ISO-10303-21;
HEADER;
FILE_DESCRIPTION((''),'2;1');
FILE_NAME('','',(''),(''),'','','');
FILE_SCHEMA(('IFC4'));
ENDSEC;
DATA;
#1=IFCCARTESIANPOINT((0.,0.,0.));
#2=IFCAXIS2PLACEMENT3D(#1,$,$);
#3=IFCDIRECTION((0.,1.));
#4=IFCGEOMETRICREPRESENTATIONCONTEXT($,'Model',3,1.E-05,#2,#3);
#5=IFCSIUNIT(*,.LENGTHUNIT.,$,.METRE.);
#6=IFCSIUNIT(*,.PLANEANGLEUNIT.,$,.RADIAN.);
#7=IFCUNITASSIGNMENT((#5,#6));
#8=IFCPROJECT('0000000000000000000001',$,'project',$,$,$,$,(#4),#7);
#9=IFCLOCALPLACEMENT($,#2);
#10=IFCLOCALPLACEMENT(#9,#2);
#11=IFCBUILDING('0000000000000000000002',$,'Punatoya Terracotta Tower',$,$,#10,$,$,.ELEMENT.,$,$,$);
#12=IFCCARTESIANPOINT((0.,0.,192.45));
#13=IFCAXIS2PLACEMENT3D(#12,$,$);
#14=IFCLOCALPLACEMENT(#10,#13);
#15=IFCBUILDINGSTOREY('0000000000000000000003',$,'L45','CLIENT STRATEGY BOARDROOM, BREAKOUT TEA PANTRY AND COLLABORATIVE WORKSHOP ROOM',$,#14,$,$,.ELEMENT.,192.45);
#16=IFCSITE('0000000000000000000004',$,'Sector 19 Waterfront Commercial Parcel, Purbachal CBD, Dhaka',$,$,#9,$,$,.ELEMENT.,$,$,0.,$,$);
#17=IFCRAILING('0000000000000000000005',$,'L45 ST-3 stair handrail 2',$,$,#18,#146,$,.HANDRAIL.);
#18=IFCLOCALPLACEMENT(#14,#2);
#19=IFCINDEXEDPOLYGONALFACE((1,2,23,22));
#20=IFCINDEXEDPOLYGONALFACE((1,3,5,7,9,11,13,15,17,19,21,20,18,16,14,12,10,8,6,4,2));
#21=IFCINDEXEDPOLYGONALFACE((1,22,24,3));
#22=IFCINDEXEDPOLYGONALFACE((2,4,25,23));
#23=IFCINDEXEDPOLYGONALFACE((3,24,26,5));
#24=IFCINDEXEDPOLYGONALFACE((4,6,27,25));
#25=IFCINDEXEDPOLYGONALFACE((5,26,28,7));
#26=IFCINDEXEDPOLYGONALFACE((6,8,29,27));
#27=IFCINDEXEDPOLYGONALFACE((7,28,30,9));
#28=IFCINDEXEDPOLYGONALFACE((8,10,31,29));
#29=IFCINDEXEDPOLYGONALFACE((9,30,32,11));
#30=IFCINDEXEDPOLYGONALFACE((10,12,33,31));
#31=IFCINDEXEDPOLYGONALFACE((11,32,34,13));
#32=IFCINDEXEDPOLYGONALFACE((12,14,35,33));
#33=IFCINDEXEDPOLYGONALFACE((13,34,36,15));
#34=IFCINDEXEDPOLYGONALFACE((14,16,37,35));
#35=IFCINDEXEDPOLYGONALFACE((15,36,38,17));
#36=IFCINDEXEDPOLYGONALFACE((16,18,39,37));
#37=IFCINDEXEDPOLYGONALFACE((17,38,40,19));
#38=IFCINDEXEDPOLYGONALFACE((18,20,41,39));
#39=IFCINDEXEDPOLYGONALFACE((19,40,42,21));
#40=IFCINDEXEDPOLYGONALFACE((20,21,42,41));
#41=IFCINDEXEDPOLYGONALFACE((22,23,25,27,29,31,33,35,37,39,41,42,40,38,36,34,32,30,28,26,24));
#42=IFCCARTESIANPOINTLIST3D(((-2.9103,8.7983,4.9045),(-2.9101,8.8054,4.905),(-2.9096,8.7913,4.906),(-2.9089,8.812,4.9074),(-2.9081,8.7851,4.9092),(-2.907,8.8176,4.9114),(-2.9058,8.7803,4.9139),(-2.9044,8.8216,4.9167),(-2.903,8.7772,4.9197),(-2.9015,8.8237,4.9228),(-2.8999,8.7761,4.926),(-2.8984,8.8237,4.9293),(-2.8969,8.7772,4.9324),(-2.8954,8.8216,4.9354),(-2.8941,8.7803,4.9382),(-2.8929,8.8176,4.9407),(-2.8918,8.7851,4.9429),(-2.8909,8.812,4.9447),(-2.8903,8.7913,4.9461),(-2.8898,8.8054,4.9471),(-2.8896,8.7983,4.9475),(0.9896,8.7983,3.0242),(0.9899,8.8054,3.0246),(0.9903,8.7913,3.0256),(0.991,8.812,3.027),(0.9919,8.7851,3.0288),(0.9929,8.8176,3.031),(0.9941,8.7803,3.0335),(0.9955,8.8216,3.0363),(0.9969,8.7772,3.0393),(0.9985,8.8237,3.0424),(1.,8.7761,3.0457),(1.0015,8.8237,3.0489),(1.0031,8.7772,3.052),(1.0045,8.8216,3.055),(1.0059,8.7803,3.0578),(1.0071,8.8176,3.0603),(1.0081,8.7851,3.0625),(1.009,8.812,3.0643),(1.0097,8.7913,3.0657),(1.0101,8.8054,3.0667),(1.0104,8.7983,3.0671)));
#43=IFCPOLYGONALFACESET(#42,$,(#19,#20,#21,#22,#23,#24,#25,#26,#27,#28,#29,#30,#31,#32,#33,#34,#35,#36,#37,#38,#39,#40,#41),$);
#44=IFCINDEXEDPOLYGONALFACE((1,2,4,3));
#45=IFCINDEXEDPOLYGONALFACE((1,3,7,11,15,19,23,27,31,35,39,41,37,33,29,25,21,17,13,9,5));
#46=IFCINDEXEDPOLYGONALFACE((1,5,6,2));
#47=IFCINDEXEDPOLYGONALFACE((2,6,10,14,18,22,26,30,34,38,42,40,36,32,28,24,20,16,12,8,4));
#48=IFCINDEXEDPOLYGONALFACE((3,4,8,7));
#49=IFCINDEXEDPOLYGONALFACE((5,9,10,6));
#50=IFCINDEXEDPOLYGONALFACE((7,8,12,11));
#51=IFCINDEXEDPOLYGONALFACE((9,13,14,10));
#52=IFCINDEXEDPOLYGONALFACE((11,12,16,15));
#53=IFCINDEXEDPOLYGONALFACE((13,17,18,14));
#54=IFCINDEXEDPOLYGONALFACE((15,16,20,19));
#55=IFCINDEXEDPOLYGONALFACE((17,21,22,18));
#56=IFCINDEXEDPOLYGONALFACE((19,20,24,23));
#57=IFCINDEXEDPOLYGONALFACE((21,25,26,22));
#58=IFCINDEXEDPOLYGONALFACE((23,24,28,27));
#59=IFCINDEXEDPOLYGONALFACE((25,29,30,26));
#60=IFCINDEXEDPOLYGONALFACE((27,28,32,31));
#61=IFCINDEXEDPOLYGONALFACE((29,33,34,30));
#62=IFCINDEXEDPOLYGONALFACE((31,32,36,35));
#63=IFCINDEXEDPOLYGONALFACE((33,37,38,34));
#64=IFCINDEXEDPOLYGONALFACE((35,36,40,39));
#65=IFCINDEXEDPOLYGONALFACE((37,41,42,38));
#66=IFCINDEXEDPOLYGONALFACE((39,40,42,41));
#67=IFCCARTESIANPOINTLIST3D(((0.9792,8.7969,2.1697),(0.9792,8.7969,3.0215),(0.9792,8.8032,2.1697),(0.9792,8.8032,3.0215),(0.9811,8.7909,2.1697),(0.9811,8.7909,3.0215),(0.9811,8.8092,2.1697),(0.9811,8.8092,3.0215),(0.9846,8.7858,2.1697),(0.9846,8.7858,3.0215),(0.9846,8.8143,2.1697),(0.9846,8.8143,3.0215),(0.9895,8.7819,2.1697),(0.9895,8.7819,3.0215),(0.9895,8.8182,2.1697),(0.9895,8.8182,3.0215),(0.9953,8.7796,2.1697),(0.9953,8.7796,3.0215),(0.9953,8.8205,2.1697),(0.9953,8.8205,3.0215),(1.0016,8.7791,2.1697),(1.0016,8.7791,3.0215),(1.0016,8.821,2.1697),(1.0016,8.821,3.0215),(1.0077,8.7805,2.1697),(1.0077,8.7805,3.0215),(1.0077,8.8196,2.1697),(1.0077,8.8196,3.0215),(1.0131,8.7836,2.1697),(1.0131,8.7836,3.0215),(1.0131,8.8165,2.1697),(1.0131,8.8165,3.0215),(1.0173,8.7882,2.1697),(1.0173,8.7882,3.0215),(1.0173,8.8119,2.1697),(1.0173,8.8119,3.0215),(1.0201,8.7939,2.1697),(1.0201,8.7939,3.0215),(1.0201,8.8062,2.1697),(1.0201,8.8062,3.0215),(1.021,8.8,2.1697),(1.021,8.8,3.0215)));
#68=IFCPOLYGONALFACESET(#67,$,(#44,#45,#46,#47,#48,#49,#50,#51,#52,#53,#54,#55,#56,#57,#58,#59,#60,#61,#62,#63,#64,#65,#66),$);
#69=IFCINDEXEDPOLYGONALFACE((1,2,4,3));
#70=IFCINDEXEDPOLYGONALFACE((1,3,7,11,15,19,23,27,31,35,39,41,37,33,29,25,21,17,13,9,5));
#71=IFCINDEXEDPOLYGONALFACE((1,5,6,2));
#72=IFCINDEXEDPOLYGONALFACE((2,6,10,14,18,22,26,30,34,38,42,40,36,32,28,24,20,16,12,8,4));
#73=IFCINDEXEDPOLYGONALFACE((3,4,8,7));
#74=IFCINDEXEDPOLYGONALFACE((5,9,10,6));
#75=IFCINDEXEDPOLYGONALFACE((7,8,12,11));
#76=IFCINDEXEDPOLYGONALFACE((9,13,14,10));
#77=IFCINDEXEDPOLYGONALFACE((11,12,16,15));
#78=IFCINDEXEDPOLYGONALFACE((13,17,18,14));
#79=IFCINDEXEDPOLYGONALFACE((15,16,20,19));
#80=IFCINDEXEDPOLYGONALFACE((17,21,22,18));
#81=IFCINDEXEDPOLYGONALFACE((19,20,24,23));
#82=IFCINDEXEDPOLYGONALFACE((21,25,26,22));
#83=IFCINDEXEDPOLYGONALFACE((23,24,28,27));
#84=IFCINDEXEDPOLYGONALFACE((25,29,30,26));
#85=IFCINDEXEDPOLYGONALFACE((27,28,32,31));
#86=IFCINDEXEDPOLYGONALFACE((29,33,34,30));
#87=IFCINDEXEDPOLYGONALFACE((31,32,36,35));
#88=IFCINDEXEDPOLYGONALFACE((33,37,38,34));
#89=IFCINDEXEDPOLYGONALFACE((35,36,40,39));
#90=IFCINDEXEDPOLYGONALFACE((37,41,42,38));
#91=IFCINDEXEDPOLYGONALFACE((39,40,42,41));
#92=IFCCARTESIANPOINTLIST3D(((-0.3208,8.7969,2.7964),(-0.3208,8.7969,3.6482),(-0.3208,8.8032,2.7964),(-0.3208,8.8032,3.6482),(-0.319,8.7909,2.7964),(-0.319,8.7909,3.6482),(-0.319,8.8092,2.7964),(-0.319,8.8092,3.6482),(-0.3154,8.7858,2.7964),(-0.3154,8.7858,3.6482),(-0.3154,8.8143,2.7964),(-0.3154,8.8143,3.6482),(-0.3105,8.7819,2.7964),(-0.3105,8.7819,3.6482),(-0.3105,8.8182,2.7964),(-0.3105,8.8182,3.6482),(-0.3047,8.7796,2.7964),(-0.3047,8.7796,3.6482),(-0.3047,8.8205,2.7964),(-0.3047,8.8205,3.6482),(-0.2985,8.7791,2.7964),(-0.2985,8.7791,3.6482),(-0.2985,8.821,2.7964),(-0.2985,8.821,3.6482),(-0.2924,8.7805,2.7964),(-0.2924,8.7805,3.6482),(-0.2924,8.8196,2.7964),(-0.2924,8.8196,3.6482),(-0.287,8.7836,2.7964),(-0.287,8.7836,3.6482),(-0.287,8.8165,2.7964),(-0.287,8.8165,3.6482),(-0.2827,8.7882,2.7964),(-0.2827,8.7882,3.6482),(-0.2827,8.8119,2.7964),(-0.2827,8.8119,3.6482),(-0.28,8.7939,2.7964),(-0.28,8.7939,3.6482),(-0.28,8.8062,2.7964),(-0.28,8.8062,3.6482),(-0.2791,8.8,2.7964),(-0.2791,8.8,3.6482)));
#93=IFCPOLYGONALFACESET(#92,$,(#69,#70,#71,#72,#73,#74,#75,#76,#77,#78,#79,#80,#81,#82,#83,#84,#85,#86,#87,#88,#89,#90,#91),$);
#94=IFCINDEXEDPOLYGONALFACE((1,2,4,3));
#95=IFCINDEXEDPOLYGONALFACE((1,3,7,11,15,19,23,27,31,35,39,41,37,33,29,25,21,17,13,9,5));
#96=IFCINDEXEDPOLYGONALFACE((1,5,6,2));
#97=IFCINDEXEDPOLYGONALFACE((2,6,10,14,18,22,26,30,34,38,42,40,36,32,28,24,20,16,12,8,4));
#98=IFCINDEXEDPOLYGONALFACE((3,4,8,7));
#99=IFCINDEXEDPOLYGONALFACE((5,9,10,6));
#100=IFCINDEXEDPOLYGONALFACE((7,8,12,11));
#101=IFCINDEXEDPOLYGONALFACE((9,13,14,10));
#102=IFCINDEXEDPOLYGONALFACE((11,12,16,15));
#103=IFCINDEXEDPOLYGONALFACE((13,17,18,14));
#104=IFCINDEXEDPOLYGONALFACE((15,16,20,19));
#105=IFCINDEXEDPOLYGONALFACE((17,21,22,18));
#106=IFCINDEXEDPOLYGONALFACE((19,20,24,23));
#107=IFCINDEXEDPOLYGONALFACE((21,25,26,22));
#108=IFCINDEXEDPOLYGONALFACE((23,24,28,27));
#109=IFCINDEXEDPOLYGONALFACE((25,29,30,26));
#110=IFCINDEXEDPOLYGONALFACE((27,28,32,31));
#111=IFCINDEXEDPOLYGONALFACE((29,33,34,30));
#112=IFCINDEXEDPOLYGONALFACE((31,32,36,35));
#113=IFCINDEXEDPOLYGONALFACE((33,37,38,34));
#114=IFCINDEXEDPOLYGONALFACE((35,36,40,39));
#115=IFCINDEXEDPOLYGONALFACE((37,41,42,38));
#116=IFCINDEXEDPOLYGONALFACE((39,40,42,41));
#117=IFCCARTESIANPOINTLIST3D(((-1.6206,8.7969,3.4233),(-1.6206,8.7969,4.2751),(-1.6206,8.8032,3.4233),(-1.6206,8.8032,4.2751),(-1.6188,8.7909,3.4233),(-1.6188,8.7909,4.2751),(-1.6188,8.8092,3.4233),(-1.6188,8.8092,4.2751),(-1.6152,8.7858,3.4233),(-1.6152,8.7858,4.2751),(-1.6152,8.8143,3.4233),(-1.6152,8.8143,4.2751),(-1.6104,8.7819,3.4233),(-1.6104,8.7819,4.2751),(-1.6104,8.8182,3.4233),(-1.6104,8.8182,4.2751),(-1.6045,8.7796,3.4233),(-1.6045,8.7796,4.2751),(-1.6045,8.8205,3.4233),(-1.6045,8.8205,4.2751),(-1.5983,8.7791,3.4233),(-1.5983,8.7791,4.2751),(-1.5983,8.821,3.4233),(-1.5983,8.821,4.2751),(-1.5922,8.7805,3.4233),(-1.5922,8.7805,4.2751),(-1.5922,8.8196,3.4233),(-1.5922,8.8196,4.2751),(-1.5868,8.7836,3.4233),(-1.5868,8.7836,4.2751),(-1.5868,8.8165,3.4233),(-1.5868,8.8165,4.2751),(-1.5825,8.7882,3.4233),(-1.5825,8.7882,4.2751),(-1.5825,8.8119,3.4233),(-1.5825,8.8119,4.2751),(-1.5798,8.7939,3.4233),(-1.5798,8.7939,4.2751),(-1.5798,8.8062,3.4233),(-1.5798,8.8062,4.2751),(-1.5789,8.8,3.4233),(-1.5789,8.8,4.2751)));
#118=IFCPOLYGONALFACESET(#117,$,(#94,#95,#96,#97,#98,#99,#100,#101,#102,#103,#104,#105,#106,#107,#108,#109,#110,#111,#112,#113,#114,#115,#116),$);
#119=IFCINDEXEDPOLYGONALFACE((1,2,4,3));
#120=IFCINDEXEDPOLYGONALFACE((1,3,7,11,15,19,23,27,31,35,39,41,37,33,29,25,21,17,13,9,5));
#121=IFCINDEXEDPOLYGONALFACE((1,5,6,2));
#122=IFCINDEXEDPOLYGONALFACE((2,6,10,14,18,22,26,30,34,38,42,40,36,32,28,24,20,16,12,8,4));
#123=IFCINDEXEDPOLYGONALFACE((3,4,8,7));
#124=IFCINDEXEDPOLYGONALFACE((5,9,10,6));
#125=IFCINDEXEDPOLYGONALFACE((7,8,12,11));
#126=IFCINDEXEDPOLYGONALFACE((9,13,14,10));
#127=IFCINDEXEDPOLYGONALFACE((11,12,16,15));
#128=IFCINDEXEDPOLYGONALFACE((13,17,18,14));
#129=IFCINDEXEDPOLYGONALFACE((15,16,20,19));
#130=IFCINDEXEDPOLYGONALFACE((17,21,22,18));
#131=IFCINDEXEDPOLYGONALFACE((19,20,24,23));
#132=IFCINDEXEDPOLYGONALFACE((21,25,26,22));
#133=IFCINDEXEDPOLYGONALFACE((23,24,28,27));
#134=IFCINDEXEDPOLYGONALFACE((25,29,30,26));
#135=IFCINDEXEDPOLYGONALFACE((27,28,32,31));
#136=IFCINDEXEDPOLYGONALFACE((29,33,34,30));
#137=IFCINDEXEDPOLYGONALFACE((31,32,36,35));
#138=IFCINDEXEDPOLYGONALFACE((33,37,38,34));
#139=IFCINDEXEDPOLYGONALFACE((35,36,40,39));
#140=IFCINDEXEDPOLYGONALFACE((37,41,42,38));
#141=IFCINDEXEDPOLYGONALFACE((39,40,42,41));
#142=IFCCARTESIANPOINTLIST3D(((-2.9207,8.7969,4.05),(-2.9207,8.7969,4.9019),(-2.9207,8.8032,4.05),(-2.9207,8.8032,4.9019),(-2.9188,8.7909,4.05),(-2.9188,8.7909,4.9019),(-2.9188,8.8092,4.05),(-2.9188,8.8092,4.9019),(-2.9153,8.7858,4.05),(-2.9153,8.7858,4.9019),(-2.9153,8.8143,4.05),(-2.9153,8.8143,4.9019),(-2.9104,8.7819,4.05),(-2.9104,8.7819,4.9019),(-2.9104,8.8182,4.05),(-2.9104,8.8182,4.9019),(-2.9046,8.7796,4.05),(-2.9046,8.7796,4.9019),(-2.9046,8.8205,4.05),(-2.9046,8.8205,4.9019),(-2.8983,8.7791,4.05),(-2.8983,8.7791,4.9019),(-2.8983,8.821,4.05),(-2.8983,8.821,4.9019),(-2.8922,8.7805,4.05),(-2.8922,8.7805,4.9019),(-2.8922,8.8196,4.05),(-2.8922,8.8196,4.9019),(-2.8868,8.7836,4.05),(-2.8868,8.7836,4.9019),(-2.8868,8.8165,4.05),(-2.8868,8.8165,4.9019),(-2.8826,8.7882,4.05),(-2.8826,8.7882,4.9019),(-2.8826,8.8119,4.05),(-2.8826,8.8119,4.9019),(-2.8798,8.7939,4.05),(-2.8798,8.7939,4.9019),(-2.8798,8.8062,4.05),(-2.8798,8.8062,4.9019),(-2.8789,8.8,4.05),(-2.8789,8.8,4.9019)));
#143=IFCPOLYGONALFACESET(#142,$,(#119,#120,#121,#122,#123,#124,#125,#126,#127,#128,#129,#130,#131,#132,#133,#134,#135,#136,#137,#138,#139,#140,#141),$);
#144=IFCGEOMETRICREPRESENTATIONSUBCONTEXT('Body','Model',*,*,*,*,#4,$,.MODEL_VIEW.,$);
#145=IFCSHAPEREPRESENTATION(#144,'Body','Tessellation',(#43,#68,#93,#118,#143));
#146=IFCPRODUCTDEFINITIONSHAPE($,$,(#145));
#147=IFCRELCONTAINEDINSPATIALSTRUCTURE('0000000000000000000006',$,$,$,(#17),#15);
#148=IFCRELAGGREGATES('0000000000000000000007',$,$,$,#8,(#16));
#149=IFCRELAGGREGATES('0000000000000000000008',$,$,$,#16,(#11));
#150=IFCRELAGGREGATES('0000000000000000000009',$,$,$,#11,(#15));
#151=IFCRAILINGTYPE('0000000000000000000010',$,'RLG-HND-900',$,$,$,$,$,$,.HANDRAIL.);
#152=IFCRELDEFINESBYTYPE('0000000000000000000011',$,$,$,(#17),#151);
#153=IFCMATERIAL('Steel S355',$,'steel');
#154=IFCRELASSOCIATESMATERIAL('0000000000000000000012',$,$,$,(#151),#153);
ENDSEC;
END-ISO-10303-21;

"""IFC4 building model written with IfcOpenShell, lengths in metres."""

from ifc_helpers import new_model, si_unit, direction, frame, origin, origin_2d, place, context, subcontext, project, spatial, circle, extrude, material, type_object, element, save


model = new_model("IFC4")

# Units and contexts
model_context = context("Model", 3, precision=1e-05, world=origin(), true_north=direction((0.0, 1.0)))
body_context = subcontext(model_context, "Body", "Model", "MODEL_VIEW")
ifc_project = project(units=[si_unit("LENGTHUNIT", "METRE"), si_unit("PLANEANGLEUNIT", "RADIAN")], contexts=[model_context])

# Site, building, storey
site_placement = place(None, origin())
site = spatial("IfcSite", under=ifc_project, at=site_placement, Name="Sector 19 Waterfront Commercial Parcel, Purbachal CBD, Dhaka", CompositionType="ELEMENT", RefElevation=0.0)
building_placement = place(site_placement, origin())
building = spatial("IfcBuilding", under=site, at=building_placement, Name="Punatoya Terracotta Tower", CompositionType="ELEMENT")
storey_placement = place(building_placement, frame((0.0, 0.0, 192.45)))
storey = spatial("IfcBuildingStorey", under=building, at=storey_placement, Name="L45", Description="CLIENT STRATEGY BOARDROOM, BREAKOUT TEA PANTRY AND COLLABORATIVE WORKSHOP ROOM", CompositionType="ELEMENT", Elevation=192.45)

# Shared definitions
ifc_material_1 = material(Name="Steel S355", Category="steel")

# Railing
railing_type_1 = type_object("IfcRailingType", Name="RLG-HND-900", PredefinedType="HANDRAIL", material=ifc_material_1)
railing_1_placement = place(storey_placement, frame((1.0, 8.8, 2.1697)))
element("IfcRailing", 1, at=railing_1_placement, inside=storey, type_object=railing_type_1, Name="L45 ST-3 stair handrail 2", PredefinedType="HANDRAIL", context=body_context, shape_type="SweptSolid", body=[
    extrude(circle(Radius=0.0239, at=origin_2d()), frame((0.0, 0.0, 0.876), z_axis=(-0.900763, 0.0, 0.434311), x_axis=(0.0, -1.0, 0.0)), (0.0, 0.0, 1.0), 4.3296),
    extrude(circle(Radius=0.021, at=origin_2d()), origin(), (0.0, 0.0, 1.0), 0.8518),
    extrude(circle(Radius=0.021, at=origin_2d()), frame((-1.3, 0.0, 0.6267)), (0.0, 0.0, 1.0), 0.8518),
    extrude(circle(Radius=0.021, at=origin_2d()), frame((-2.5999, 0.0, 1.2537)), (0.0, 0.0, 1.0), 0.8518),
    extrude(circle(Radius=0.021, at=origin_2d()), frame((-3.8999, 0.0, 1.8804)), (0.0, 0.0, 1.0), 0.8518),
])

save(model, "model.ifc")
